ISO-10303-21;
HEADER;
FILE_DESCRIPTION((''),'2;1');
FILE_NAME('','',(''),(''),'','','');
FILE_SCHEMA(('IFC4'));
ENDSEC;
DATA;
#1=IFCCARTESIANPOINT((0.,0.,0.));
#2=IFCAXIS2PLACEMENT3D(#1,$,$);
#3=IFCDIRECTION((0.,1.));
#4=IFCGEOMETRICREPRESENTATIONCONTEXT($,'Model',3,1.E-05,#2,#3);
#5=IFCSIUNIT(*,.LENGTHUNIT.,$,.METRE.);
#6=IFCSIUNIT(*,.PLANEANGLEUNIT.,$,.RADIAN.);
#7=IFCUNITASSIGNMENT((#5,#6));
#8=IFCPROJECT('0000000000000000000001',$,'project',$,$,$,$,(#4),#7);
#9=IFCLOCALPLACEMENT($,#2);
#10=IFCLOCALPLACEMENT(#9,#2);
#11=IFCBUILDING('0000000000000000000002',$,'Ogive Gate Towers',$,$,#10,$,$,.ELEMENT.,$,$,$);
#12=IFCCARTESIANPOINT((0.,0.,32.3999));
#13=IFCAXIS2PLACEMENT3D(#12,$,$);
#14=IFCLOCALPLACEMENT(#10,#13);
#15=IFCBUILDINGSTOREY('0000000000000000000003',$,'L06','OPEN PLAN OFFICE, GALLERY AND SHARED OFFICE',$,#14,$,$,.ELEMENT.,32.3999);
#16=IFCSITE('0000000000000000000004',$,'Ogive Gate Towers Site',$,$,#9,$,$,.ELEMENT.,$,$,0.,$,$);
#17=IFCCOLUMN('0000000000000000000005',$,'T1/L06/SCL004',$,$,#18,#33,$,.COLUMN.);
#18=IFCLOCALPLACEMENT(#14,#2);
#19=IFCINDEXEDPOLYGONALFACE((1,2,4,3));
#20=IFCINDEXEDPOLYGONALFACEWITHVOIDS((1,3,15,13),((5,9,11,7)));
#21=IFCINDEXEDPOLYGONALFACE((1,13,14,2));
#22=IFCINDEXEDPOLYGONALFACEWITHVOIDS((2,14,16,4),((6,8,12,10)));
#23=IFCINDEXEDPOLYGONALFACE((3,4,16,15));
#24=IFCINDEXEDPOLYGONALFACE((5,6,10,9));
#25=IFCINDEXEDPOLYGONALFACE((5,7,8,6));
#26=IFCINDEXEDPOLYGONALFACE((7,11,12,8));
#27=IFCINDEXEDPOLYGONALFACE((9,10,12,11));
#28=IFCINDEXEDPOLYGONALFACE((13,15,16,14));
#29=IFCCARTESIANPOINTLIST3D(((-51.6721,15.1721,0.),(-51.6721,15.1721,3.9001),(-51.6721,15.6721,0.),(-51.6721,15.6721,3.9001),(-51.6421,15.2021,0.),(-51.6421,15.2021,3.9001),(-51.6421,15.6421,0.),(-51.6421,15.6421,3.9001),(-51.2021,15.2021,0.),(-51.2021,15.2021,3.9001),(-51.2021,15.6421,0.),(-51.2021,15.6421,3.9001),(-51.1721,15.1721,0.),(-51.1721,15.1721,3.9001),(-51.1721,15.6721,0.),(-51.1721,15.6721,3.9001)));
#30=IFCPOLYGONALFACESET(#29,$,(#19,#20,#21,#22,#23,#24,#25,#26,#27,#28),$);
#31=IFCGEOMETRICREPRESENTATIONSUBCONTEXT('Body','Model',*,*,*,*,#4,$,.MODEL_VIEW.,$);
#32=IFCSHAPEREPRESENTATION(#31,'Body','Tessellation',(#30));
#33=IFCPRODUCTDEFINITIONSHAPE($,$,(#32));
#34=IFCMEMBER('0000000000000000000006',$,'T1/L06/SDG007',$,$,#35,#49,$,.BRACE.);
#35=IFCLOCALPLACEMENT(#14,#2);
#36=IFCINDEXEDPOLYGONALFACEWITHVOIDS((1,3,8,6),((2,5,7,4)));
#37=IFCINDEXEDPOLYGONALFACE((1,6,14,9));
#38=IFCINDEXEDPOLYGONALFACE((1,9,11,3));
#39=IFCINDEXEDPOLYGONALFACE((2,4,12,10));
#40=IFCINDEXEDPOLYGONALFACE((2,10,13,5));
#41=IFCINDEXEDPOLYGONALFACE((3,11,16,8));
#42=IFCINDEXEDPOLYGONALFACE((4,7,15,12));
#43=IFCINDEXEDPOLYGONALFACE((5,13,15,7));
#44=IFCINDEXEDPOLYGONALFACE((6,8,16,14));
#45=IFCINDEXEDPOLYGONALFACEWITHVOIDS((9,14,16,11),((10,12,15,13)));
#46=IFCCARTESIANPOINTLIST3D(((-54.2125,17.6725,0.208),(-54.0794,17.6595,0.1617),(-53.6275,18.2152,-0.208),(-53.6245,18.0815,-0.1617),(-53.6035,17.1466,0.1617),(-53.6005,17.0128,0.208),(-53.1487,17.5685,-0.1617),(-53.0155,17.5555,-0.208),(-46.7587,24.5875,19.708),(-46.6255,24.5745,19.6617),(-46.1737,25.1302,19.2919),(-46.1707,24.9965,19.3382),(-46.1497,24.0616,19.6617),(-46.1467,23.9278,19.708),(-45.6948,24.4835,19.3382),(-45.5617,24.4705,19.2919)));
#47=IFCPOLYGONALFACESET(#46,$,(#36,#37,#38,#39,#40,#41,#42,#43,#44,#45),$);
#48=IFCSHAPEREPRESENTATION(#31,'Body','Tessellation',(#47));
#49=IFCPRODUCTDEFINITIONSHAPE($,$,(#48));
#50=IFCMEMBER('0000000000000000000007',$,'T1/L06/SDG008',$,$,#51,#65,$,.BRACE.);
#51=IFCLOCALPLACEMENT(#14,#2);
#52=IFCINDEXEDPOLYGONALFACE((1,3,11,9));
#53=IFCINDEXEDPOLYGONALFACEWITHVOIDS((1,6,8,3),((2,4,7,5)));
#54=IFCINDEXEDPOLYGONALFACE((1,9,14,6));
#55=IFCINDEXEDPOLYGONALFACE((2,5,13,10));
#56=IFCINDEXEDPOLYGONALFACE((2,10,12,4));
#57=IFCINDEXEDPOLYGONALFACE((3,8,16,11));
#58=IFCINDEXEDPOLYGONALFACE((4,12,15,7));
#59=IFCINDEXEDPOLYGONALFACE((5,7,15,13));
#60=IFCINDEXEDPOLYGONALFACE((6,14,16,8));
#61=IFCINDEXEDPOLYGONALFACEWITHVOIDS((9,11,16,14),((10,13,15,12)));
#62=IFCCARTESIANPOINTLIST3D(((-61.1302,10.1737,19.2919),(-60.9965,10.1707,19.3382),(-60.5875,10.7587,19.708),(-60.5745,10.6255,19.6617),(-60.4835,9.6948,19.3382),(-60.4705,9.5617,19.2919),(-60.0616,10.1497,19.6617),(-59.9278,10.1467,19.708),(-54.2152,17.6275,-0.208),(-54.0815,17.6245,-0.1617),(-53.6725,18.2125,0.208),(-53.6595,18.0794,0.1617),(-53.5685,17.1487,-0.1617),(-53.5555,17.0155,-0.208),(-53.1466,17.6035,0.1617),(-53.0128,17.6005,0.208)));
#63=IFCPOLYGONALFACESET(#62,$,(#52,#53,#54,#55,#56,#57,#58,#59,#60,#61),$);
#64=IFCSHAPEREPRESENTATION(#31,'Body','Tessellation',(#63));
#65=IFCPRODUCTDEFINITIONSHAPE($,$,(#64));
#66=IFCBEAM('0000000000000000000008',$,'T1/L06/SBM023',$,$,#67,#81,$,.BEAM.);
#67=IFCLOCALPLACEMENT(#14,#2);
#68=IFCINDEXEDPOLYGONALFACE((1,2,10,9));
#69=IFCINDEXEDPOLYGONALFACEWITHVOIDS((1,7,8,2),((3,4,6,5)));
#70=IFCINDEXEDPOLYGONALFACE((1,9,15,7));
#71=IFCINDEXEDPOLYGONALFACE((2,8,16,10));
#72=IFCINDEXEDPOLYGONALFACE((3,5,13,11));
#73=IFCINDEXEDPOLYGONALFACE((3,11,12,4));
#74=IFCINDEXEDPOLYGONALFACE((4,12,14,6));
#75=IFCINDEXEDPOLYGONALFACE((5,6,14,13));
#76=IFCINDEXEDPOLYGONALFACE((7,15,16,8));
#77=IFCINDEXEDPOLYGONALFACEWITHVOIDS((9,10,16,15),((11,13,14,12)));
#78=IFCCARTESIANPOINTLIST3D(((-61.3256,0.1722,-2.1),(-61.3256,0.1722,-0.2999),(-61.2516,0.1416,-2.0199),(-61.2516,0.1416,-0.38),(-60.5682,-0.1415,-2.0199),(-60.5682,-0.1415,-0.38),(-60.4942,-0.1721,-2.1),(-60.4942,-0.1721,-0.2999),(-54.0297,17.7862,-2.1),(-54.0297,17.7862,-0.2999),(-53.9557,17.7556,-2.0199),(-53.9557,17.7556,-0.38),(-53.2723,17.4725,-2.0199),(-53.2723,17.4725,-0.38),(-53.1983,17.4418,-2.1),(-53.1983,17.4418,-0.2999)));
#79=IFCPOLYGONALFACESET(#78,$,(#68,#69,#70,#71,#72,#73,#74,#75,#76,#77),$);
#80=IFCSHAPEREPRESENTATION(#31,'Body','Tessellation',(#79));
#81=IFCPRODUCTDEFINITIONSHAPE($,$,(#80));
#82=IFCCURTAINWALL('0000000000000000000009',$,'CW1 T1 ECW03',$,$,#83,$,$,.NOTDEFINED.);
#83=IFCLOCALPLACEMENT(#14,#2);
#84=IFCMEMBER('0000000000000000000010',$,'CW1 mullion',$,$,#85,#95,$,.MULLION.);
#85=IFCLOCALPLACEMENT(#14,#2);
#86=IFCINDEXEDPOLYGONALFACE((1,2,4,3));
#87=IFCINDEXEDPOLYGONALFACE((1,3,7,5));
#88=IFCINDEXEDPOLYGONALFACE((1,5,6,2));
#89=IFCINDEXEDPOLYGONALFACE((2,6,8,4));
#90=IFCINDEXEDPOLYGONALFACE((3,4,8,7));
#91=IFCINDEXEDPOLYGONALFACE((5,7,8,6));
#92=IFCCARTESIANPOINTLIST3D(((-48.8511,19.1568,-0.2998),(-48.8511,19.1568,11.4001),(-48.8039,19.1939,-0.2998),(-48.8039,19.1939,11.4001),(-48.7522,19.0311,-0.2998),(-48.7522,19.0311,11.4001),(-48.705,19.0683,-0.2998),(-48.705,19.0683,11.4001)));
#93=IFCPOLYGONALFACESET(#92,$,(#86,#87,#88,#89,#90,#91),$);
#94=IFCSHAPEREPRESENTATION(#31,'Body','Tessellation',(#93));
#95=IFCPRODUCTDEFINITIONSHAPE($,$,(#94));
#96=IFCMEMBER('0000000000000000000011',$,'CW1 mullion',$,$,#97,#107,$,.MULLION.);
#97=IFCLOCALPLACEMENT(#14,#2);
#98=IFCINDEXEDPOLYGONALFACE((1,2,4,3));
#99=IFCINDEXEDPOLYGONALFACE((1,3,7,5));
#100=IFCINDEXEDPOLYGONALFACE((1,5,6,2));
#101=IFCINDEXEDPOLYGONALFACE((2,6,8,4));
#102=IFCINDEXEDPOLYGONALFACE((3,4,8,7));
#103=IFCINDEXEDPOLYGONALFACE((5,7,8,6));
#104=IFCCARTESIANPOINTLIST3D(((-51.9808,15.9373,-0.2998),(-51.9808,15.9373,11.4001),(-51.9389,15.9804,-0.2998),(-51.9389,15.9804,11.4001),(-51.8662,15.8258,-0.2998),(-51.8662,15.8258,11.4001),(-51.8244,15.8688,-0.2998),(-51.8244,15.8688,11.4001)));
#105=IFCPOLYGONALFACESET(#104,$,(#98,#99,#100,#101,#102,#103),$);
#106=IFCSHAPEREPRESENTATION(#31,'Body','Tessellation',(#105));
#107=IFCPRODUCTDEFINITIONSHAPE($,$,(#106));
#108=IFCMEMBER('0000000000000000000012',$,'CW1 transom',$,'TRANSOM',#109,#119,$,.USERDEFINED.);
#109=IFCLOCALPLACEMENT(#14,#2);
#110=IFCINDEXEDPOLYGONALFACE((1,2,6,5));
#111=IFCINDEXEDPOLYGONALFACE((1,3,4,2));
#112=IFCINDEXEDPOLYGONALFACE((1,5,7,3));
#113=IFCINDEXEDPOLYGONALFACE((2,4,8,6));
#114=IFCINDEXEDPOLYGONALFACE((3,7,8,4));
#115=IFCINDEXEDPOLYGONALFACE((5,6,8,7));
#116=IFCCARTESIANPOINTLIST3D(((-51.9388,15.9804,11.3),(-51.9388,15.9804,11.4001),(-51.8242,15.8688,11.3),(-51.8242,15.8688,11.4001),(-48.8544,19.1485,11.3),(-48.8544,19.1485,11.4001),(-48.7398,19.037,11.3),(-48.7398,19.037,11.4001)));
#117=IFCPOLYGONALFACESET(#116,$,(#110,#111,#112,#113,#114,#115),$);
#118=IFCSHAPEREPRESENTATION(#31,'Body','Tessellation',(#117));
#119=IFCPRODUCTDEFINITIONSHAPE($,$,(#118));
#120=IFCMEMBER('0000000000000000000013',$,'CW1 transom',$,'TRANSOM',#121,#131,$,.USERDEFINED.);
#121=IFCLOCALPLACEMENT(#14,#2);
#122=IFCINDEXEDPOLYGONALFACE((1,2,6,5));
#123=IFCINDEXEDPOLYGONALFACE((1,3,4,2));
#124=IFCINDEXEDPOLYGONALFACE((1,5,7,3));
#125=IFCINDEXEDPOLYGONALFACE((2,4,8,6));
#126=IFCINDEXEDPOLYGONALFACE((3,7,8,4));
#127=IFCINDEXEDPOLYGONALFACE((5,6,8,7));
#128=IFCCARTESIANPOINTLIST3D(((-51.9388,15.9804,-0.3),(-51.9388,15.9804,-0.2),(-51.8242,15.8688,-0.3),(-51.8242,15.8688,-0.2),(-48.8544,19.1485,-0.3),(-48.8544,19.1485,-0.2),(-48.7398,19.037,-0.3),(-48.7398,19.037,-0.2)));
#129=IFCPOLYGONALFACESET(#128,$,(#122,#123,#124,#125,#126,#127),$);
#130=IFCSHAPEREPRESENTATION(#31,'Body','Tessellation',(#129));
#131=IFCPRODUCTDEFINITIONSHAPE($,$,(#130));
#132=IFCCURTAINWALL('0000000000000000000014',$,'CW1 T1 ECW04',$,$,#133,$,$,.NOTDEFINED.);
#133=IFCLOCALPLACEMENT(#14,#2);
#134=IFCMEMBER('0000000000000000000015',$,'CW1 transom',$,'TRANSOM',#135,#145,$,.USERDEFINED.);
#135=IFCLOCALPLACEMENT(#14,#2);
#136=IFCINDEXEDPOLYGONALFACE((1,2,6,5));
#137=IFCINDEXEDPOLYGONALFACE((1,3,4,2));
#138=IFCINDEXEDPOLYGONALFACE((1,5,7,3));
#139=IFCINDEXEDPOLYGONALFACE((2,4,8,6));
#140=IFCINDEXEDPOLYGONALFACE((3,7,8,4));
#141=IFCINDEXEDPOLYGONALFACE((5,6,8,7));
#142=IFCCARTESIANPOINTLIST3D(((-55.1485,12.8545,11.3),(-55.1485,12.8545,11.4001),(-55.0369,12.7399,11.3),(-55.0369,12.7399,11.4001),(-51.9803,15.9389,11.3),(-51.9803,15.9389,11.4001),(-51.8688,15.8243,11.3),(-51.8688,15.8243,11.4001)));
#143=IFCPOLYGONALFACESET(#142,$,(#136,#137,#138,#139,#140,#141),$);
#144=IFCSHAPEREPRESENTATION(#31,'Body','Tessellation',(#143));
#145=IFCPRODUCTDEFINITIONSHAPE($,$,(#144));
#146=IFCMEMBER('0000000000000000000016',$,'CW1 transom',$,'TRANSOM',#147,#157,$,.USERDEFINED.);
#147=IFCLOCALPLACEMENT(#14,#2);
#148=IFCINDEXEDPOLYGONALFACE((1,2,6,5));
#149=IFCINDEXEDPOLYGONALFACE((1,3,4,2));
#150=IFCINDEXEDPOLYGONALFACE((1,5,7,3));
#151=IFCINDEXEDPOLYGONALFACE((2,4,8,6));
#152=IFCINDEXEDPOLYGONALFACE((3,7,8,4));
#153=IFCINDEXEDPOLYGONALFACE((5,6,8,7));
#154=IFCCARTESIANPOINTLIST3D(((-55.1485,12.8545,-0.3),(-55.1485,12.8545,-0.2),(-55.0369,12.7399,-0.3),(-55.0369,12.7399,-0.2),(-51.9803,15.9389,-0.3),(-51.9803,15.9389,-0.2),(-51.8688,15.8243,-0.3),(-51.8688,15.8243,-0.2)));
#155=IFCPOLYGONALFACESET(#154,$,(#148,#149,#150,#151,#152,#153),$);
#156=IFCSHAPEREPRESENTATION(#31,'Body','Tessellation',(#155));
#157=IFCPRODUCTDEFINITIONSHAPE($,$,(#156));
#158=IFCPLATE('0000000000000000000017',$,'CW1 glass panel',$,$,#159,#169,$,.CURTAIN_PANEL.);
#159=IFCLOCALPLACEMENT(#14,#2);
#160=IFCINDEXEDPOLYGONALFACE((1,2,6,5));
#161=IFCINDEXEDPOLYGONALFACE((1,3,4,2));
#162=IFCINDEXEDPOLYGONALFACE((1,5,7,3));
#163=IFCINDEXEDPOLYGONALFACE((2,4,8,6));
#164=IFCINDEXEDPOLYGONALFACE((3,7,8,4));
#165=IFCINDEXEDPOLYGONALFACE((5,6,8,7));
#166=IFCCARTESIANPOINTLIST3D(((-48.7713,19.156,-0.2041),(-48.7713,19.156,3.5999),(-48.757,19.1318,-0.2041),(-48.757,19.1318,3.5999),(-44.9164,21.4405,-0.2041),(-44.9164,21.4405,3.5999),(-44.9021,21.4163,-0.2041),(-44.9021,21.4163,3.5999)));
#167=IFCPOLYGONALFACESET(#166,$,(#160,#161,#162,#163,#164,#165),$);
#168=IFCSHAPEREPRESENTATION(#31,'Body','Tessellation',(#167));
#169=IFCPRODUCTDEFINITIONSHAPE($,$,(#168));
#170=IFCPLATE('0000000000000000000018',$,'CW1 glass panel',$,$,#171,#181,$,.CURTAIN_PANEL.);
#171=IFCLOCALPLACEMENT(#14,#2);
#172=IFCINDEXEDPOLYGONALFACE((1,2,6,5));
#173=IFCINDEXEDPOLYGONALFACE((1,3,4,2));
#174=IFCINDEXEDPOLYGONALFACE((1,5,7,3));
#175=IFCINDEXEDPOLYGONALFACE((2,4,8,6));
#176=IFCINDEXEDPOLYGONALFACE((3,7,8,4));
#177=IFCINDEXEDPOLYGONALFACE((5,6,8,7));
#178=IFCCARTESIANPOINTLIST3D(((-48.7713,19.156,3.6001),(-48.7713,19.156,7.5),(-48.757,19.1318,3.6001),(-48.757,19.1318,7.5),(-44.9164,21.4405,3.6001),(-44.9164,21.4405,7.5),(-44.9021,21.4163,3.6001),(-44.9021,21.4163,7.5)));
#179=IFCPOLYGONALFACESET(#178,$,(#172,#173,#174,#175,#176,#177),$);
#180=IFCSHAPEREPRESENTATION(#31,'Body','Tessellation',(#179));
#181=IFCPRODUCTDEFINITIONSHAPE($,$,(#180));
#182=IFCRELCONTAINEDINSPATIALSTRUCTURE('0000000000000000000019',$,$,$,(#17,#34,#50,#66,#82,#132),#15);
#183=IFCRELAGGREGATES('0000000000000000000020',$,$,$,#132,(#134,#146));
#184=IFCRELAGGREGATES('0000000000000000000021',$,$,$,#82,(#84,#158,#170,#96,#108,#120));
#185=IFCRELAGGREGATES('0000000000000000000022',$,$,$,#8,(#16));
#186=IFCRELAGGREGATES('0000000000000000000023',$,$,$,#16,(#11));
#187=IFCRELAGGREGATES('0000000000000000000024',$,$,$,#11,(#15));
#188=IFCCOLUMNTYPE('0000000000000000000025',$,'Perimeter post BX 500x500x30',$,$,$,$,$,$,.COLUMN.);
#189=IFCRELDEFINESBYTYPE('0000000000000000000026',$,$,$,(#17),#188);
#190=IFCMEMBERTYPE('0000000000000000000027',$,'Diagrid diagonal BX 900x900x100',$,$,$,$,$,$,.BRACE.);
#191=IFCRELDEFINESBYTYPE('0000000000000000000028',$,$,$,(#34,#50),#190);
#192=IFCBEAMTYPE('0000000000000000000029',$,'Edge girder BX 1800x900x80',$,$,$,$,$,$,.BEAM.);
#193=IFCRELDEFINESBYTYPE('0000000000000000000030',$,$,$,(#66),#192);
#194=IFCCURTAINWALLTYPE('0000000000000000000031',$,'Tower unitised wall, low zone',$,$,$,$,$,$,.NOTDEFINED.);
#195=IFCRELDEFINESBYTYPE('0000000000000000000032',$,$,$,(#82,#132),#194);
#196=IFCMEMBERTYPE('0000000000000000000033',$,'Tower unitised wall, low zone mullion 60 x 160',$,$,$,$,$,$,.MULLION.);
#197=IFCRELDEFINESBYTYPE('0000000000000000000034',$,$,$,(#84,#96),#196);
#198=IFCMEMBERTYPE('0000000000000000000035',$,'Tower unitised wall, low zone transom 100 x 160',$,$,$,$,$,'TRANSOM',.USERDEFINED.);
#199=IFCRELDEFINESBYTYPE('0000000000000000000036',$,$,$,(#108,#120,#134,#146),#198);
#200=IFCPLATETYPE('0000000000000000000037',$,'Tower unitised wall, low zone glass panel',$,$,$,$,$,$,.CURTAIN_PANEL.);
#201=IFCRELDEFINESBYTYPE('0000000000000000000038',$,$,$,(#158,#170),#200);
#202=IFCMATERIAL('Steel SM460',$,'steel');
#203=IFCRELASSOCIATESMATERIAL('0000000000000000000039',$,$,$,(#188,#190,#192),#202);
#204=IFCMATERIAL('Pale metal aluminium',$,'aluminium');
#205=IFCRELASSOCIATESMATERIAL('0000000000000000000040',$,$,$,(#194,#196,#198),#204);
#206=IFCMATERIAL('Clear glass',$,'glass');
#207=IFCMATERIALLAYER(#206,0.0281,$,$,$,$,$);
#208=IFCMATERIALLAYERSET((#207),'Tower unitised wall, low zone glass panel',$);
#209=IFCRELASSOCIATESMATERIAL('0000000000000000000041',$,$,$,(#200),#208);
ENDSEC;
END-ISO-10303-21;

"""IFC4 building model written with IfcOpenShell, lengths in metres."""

from ifc_helpers import new_model, si_unit, direction, frame, origin, origin_2d, place, context, subcontext, project, spatial, rectangle, hollow_rectangle, extrude, material, layer, layer_set, material_profile, profile_set, type_object, element, aggregate, save


model = new_model("IFC4")

# Units and contexts
model_context = context("Model", 3, precision=1e-05, world=origin(), true_north=direction((0.0, 1.0)))
body_context = subcontext(model_context, "Body", "Model", "MODEL_VIEW")
ifc_project = project(units=[si_unit("LENGTHUNIT", "METRE"), si_unit("PLANEANGLEUNIT", "RADIAN")], contexts=[model_context])

# Site, building, storey
site_placement = place(None, origin())
site = spatial("IfcSite", under=ifc_project, at=site_placement, Name="Ogive Gate Towers Site", CompositionType="ELEMENT", RefElevation=0.0)
building_placement = place(site_placement, origin())
building = spatial("IfcBuilding", under=site, at=building_placement, Name="Ogive Gate Towers", CompositionType="ELEMENT")
storey_placement = place(building_placement, frame((0.0, 0.0, 32.3999)))
storey = spatial("IfcBuildingStorey", under=building, at=storey_placement, Name="L06", Description="OPEN PLAN OFFICE, GALLERY AND SHARED OFFICE", CompositionType="ELEMENT", Elevation=32.3999)

# Column
ifc_material_1 = material(Name="Steel SM460", Category="steel")
ifc_material_profile_1 = material_profile(ifc_material_1, hollow_rectangle(XDim=0.5, YDim=0.5, WallThickness=0.03, at=origin_2d()), Name="BX 500x500x30")
ifc_profile_set_1 = profile_set([ifc_material_profile_1], Name="Steel SM460")
column_type = type_object("IfcColumnType", Name="Perimeter post BX 500x500x30", PredefinedType="COLUMN", material=ifc_profile_set_1)
column_placement = place(storey_placement, frame((-51.4221, 15.4221, 0.0), z_axis=(0.0, 0.0, 1.0), x_axis=(1.0, 0.0, 0.0)))
element("IfcColumn", 1, at=column_placement, inside=storey, type_object=column_type, Name="T1/L06/SCL004", PredefinedType="COLUMN", context=body_context, shape_type="SweptSolid", body=[
    extrude(hollow_rectangle(XDim=0.5, YDim=0.5, WallThickness=0.03, at=origin_2d()), origin(), (0.0, 0.0, 1.0), 3.9001),
])

# Members
ifc_material_profile_2 = material_profile(ifc_material_1, hollow_rectangle(XDim=0.8999, YDim=0.8999, WallThickness=0.1001, at=origin_2d()), Name="BX 900x900x100")
ifc_profile_set_2 = profile_set([ifc_material_profile_2], Name="Steel SM460")
member_type_1 = type_object("IfcMemberType", Name="Diagrid diagonal BX 900x900x100", PredefinedType="BRACE", material=ifc_profile_set_2)
for number, where, z_axis, x_axis, name in (
    (2, (-53.614, 17.614, 0.0), (0.338942, 0.314441, 0.886705), (-0.680113, 0.733107, 0.0), "T1/L06/SDG007"),
    (3, (-53.614, 17.614, 0.0), (-0.314441, -0.338942, 0.886705), (0.733107, -0.680113, 0.0), "T1/L06/SDG008"),
):
    element("IfcMember", number, at=place(storey_placement, frame(where, z_axis=z_axis, x_axis=x_axis)), inside=storey, type_object=member_type_1, Name=name, PredefinedType="BRACE", context=body_context, shape_type="SweptSolid", body=[
        extrude(hollow_rectangle(XDim=0.8999, YDim=0.8999, WallThickness=0.1001, at=origin_2d()), origin(), (0.0, 0.0, 1.0), 21.9915),
    ])

# Beam
ifc_material_profile_3 = material_profile(ifc_material_1, hollow_rectangle(XDim=0.8999, YDim=1.8, WallThickness=0.0801, at=origin_2d()), Name="BX 1800x900x80")
ifc_profile_set_3 = profile_set([ifc_material_profile_3], Name="Steel SM460")
beam_type = type_object("IfcBeamType", Name="Edge girder BX 1800x900x80", PredefinedType="BEAM", material=ifc_profile_set_3)
beam_placement = place(storey_placement, frame((-53.614, 17.614, -1.2), z_axis=(-0.382681, -0.923881, 0.0), x_axis=(0.923881, -0.382681, 0.0)))
element("IfcBeam", 4, at=beam_placement, inside=storey, type_object=beam_type, Name="T1/L06/SBM023", PredefinedType="BEAM", context=body_context, shape_type="SweptSolid", body=[
    extrude(hollow_rectangle(XDim=0.8999, YDim=1.8, WallThickness=0.0801, at=origin_2d()), origin(), (0.0, 0.0, 1.0), 19.0652),
])

# Curtain walls, members
ifc_material_2 = material(Name="Pale metal aluminium", Category="aluminium")
curtain_wall_type = type_object("IfcCurtainWallType", Name="Tower unitised wall, low zone", PredefinedType="NOTDEFINED", material=ifc_material_2)
curtain_wall_1_placement = place(storey_placement, origin())
curtain_wall_1 = element("IfcCurtainWall", 5, at=curtain_wall_1_placement, inside=storey, type_object=curtain_wall_type, Name="CW1 T1 ECW03", PredefinedType="NOTDEFINED")
ifc_material_profile_4 = material_profile(ifc_material_2, rectangle(XDim=0.1599, YDim=0.0601, at=origin_2d()), Name="60 x 160 aluminium box")
ifc_profile_set_4 = profile_set([ifc_material_profile_4], Name="Pale metal aluminium")
member_type_2 = type_object("IfcMemberType", Name="Tower unitised wall, low zone mullion 60 x 160", PredefinedType="MULLION", material=ifc_profile_set_4)
member_1_placement = place(storey_placement, frame((-48.7781, 19.1125, -0.2998), z_axis=(0.0, 0.0, 1.0), x_axis=(-0.618532, 0.78576, 0.0)))
member_1 = element("IfcMember", 6, at=member_1_placement, type_object=member_type_2, Name="CW1 mullion", PredefinedType="MULLION", context=body_context, shape_type="SweptSolid", body=[
    extrude(rectangle(XDim=0.1599, YDim=0.0601, at=origin_2d()), origin(), (0.0, 0.0, 1.0), 11.7),
])
member_2_placement = place(storey_placement, frame((-51.9026, 15.9031, -0.2998), z_axis=(0.0, 0.0, 1.0), x_axis=(-0.716497, 0.69759, 0.0)))
member_2 = element("IfcMember", 7, at=member_2_placement, type_object=member_type_2, Name="CW1 mullion", PredefinedType="MULLION", context=body_context, shape_type="SweptSolid", body=[
    extrude(rectangle(XDim=0.1599, YDim=0.0601, at=origin_2d()), origin(), (0.0, 0.0, 1.0), 11.7),
])
ifc_material_profile_5 = material_profile(ifc_material_2, rectangle(XDim=0.1599, YDim=0.1001, at=origin_2d()), Name="100 x 160 aluminium box")
ifc_profile_set_5 = profile_set([ifc_material_profile_5], Name="Pale metal aluminium")
member_type_3 = type_object("IfcMemberType", Name="Tower unitised wall, low zone transom 100 x 160", ElementType="TRANSOM", PredefinedType="USERDEFINED", material=ifc_profile_set_5)
member_3_placement = place(storey_placement, frame((-48.7971, 19.0928, 11.3501), z_axis=(-0.697574, -0.716513, 0.0), x_axis=(0.716513, -0.697574, 0.0)))
member_3 = element("IfcMember", 8, at=member_3_placement, type_object=member_type_3, Name="CW1 transom", ObjectType="TRANSOM", PredefinedType="USERDEFINED", context=body_context, shape_type="SweptSolid", body=[
    extrude(rectangle(XDim=0.1599, YDim=0.1001, at=origin_2d()), origin(), (0.0, 0.0, 1.0), 4.4216),
])
member_4_placement = place(storey_placement, frame((-48.7971, 19.0928, -0.25), z_axis=(-0.697574, -0.716513, 0.0), x_axis=(0.716513, -0.697574, 0.0)))
member_4 = element("IfcMember", 9, at=member_4_placement, type_object=member_type_3, Name="CW1 transom", ObjectType="TRANSOM", PredefinedType="USERDEFINED", context=body_context, shape_type="SweptSolid", body=[
    extrude(rectangle(XDim=0.1599, YDim=0.1001, at=origin_2d()), origin(), (0.0, 0.0, 1.0), 4.4216),
])
curtain_wall_2_placement = place(storey_placement, origin())
curtain_wall_2 = element("IfcCurtainWall", 10, at=curtain_wall_2_placement, inside=storey, type_object=curtain_wall_type, Name="CW1 T1 ECW04", PredefinedType="NOTDEFINED")
member_5_placement = place(storey_placement, frame((-51.9246, 15.8816, 11.3501), z_axis=(-0.716513, -0.697574, 0.0), x_axis=(0.697574, -0.716513, 0.0)))
member_5 = element("IfcMember", 11, at=member_5_placement, type_object=member_type_3, Name="CW1 transom", ObjectType="TRANSOM", PredefinedType="USERDEFINED", context=body_context, shape_type="SweptSolid", body=[
    extrude(rectangle(XDim=0.1599, YDim=0.1001, at=origin_2d()), origin(), (0.0, 0.0, 1.0), 4.4216),
])
member_6_placement = place(storey_placement, frame((-51.9246, 15.8816, -0.25), z_axis=(-0.716513, -0.697574, 0.0), x_axis=(0.697574, -0.716513, 0.0)))
member_6 = element("IfcMember", 12, at=member_6_placement, type_object=member_type_3, Name="CW1 transom", ObjectType="TRANSOM", PredefinedType="USERDEFINED", context=body_context, shape_type="SweptSolid", body=[
    extrude(rectangle(XDim=0.1599, YDim=0.1001, at=origin_2d()), origin(), (0.0, 0.0, 1.0), 4.4216),
])
aggregate(curtain_wall_2, [member_5, member_6])

# Plates
ifc_material_3 = material(Name="Clear glass", Category="glass")
ifc_layer_1 = layer(ifc_material_3, 0.0281)
ifc_layer_set_1 = layer_set([ifc_layer_1], Name="Tower unitised wall, low zone glass panel")
plate_type = type_object("IfcPlateType", Name="Tower unitised wall, low zone glass panel", PredefinedType="CURTAIN_PANEL", material=ifc_layer_set_1)
plate_1_placement = place(storey_placement, frame((-46.8367, 20.2861, -0.2041), z_axis=(0.0, 0.0, 1.0), x_axis=(-0.86028, -0.509822, 0.0)))
plate_1 = element("IfcPlate", 13, at=plate_1_placement, type_object=plate_type, Name="CW1 glass panel", PredefinedType="CURTAIN_PANEL", context=body_context, shape_type="SweptSolid", body=[
    extrude(rectangle(XDim=4.481, YDim=0.0281, at=origin_2d()), origin(), (0.0, 0.0, 1.0), 3.804),
])
plate_2_placement = place(storey_placement, frame((-46.8367, 20.2861, 3.6001), z_axis=(0.0, 0.0, 1.0), x_axis=(-0.86028, -0.509822, 0.0)))
plate_2 = element("IfcPlate", 14, at=plate_2_placement, type_object=plate_type, Name="CW1 glass panel", PredefinedType="CURTAIN_PANEL", context=body_context, shape_type="SweptSolid", body=[
    extrude(rectangle(XDim=4.481, YDim=0.0281, at=origin_2d()), origin(), (0.0, 0.0, 1.0), 3.8999),
])
aggregate(curtain_wall_1, [member_1, plate_1, plate_2, member_2, member_3, member_4])

save(model, "model.ifc")
